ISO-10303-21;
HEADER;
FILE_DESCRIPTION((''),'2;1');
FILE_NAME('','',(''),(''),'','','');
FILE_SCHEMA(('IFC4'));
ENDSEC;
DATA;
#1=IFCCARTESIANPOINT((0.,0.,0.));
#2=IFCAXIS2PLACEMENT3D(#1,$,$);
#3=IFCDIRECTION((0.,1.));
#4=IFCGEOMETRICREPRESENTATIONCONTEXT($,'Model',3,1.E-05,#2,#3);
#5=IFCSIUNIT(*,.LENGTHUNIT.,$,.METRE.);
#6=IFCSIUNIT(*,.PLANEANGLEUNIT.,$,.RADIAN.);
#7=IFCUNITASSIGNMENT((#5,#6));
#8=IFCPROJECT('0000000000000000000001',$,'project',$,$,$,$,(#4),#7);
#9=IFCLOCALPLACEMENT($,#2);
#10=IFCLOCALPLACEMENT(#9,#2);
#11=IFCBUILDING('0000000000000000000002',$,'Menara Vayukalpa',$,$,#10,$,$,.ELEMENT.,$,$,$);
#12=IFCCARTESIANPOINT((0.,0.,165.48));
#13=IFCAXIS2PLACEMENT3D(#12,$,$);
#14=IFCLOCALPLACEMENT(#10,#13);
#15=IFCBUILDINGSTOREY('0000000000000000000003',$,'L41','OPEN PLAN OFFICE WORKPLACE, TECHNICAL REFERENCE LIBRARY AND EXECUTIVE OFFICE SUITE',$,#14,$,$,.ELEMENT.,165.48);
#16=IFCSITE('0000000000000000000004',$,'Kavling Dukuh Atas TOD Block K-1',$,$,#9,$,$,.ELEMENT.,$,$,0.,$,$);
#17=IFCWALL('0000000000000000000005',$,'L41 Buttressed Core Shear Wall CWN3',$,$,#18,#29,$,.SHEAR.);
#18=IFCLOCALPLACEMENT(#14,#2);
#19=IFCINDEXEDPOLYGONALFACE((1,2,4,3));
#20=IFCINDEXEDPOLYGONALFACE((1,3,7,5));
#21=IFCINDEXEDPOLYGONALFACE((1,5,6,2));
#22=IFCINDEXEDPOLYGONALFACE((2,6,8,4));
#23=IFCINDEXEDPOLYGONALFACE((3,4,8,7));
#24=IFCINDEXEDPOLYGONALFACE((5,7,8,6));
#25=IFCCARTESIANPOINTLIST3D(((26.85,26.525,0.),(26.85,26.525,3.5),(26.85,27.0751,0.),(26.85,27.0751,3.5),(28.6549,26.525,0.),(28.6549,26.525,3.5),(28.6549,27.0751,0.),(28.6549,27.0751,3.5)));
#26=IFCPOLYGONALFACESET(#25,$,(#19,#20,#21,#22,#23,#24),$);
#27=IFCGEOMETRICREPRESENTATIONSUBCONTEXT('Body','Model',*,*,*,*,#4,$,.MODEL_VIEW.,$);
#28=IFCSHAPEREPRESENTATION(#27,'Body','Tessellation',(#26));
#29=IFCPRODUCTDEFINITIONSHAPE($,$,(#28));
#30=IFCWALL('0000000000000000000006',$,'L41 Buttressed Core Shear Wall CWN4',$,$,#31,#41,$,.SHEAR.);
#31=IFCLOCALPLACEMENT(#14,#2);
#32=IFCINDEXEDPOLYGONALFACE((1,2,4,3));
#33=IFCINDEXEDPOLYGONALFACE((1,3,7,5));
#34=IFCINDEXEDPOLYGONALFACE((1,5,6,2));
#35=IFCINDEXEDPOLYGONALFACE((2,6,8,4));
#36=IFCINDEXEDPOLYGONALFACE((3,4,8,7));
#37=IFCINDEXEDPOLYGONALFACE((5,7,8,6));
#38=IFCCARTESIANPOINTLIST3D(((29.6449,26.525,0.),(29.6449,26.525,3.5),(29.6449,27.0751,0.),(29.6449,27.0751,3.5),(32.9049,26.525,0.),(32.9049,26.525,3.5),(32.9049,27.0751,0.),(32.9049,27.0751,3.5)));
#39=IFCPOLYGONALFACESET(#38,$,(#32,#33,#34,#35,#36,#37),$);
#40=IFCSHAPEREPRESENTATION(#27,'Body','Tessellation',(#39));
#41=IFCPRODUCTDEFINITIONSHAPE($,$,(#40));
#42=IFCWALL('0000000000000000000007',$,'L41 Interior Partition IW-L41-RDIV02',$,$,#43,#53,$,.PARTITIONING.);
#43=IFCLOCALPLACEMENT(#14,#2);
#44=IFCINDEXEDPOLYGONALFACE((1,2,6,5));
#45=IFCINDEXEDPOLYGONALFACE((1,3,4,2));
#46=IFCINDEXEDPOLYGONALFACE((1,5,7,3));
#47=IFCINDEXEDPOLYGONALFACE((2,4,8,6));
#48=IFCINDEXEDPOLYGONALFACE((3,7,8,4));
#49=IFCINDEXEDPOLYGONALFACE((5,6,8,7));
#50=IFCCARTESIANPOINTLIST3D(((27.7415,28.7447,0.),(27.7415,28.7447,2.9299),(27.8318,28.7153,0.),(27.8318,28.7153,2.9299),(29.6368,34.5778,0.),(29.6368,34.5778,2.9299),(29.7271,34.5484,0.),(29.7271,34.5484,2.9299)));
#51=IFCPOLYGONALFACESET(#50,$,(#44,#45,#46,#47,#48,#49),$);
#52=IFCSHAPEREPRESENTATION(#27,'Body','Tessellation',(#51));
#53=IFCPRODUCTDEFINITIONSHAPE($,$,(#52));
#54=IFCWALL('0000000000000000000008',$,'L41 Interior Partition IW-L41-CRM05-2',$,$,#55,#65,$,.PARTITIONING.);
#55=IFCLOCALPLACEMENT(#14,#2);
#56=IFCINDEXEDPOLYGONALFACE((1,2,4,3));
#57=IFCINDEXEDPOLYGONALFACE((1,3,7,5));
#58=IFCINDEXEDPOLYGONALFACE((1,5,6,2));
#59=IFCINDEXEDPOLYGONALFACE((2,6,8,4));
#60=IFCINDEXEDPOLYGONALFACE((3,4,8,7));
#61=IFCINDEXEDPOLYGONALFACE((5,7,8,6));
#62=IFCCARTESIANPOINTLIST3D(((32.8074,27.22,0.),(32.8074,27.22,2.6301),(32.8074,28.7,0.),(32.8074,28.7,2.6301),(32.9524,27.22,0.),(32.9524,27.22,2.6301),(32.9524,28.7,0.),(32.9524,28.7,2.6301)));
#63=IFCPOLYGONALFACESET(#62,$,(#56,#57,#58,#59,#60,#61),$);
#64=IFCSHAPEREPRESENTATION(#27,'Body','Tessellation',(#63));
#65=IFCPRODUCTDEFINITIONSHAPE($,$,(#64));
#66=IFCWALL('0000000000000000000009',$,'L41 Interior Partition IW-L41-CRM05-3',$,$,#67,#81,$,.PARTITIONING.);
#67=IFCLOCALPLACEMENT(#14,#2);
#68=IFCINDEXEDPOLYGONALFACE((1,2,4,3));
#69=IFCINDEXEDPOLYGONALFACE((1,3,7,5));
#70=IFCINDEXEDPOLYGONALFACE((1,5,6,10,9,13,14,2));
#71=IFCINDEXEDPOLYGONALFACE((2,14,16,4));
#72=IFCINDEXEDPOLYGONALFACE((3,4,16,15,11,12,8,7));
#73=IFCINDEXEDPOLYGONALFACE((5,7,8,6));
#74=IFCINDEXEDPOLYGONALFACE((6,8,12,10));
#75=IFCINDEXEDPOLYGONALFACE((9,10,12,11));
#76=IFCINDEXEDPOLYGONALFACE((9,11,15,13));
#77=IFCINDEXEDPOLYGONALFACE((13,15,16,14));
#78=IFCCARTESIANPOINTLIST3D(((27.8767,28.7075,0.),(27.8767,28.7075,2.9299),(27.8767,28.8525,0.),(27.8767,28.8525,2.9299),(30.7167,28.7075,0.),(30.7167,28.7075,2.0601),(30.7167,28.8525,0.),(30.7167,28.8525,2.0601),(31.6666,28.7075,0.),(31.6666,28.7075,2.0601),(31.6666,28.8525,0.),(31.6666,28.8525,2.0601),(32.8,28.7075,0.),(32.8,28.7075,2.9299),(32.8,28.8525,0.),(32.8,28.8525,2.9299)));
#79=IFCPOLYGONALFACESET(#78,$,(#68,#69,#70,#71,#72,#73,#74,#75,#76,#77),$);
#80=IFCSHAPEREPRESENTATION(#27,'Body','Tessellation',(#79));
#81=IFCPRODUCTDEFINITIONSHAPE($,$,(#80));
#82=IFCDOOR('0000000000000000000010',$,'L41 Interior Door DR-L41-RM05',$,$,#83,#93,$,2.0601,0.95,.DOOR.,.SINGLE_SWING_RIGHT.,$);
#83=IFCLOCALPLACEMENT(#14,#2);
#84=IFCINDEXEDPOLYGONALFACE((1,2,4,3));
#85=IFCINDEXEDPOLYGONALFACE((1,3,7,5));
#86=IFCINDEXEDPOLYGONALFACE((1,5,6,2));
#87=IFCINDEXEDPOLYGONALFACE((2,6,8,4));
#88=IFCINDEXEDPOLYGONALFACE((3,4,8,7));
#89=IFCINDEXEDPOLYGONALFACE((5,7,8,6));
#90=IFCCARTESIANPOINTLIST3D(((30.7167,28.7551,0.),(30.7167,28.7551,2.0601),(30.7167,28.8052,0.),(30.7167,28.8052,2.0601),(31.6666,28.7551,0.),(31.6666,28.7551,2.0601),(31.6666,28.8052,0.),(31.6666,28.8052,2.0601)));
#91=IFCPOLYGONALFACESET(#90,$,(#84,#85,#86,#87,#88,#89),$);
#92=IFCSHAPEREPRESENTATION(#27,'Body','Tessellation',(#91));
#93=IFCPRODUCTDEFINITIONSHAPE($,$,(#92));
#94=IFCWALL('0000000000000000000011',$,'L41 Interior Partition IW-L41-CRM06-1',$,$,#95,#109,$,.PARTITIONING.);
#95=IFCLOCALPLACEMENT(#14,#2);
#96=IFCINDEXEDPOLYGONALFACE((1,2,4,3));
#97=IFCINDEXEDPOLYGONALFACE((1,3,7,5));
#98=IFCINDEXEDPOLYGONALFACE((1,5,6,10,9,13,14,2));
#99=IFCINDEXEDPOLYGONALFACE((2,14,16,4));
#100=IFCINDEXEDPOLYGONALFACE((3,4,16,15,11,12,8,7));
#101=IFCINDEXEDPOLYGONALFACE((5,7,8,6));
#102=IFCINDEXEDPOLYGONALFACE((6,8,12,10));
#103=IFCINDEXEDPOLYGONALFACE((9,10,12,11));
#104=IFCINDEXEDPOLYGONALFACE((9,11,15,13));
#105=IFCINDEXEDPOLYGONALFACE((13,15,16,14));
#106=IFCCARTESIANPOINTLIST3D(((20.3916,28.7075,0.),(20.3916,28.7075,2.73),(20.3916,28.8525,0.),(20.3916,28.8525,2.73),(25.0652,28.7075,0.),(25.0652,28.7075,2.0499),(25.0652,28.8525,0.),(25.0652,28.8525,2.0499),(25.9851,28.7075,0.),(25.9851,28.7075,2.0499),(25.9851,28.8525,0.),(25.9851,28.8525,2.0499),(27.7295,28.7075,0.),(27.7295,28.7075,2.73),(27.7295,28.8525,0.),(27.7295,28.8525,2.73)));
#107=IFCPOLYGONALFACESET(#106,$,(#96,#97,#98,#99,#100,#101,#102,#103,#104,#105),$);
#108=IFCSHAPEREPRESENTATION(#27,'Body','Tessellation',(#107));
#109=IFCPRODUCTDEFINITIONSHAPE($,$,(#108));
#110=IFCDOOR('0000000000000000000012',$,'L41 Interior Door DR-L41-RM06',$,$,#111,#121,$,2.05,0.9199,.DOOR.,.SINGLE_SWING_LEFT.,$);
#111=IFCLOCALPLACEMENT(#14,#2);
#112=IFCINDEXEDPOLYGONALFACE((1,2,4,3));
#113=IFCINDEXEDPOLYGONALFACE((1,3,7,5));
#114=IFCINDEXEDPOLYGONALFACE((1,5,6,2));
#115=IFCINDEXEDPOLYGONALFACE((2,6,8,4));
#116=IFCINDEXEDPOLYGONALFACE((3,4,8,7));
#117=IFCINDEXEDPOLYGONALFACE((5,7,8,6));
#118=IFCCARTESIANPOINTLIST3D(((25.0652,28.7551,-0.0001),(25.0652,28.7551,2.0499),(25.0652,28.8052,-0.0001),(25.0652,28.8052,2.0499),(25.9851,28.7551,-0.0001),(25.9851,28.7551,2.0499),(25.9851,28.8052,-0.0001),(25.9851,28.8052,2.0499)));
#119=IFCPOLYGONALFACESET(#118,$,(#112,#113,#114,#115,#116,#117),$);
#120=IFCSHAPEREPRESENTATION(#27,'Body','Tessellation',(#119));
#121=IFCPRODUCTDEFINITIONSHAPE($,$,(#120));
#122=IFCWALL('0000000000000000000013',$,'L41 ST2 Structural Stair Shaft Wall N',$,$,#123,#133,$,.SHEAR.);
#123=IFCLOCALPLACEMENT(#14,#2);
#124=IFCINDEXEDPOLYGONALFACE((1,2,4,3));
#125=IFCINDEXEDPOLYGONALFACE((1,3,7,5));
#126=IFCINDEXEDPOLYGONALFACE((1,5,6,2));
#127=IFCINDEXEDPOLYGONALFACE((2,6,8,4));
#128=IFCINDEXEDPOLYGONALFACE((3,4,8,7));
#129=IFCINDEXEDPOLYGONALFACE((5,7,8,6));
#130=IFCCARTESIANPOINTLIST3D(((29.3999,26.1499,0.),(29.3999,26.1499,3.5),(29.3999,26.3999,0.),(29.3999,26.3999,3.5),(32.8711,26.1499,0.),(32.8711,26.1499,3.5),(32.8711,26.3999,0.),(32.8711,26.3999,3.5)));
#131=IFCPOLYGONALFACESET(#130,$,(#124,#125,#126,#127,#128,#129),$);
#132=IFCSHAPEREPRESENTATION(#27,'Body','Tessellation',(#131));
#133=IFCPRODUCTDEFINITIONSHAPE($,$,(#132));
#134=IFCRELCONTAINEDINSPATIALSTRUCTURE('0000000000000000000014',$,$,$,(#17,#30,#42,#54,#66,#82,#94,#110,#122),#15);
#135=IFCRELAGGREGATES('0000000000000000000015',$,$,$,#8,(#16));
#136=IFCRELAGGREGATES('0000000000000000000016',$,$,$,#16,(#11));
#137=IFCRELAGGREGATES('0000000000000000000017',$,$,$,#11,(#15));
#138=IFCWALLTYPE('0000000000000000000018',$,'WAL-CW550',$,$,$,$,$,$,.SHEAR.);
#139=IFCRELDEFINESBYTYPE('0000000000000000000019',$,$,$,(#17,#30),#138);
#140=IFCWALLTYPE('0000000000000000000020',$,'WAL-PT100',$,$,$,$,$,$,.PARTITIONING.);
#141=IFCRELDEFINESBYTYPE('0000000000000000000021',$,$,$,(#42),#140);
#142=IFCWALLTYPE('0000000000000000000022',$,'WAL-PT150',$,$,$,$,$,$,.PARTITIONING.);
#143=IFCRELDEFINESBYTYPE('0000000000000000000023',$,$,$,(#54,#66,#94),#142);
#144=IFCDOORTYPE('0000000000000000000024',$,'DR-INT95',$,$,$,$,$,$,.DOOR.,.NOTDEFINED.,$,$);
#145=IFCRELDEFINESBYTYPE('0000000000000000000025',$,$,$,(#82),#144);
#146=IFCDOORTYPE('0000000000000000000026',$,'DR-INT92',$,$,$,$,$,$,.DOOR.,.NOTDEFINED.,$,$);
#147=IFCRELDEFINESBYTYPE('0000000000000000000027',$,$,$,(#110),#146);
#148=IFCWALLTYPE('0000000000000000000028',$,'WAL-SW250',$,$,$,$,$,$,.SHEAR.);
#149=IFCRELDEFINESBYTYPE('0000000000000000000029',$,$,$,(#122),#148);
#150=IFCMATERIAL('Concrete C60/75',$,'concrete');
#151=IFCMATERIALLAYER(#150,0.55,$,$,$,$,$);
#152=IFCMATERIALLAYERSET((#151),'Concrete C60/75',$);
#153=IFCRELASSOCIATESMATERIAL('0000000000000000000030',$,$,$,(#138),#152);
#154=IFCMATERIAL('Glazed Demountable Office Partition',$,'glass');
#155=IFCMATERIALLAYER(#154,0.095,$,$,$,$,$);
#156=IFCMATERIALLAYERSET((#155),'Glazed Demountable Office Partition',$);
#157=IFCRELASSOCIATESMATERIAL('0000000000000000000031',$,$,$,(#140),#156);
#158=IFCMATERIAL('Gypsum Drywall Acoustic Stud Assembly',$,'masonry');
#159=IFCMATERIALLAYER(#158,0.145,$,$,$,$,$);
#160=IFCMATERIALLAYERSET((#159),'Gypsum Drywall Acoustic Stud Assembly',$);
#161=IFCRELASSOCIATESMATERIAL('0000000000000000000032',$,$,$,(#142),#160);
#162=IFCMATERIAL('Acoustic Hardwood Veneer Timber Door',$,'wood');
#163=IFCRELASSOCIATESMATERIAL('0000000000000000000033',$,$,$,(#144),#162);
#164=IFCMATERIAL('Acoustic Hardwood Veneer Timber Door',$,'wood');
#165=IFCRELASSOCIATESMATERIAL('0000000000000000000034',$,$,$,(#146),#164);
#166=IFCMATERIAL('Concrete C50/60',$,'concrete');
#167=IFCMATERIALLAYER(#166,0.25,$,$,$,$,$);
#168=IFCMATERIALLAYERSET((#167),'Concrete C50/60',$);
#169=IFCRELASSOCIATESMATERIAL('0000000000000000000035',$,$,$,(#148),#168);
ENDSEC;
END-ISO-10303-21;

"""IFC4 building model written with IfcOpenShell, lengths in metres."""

from ifc_helpers import new_model, si_unit, direction, frame, frame_2d, origin, place, context, subcontext, project, spatial, rectangle, extrude, material, layer, layer_set, type_object, element, fill, save


model = new_model("IFC4")

# Units and contexts
model_context = context("Model", 3, precision=1e-05, world=origin(), true_north=direction((0.0, 1.0)))
body_context = subcontext(model_context, "Body", "Model", "MODEL_VIEW")
ifc_project = project(units=[si_unit("LENGTHUNIT", "METRE"), si_unit("PLANEANGLEUNIT", "RADIAN")], contexts=[model_context])

# Site, building, storey
site_placement = place(None, origin())
site = spatial("IfcSite", under=ifc_project, at=site_placement, Name="Kavling Dukuh Atas TOD Block K-1", CompositionType="ELEMENT", RefElevation=0.0)
building_placement = place(site_placement, origin())
building = spatial("IfcBuilding", under=site, at=building_placement, Name="Menara Vayukalpa", CompositionType="ELEMENT")
storey_placement = place(building_placement, frame((0.0, 0.0, 165.48)))
storey = spatial("IfcBuildingStorey", under=building, at=storey_placement, Name="L41", Description="OPEN PLAN OFFICE WORKPLACE, TECHNICAL REFERENCE LIBRARY AND EXECUTIVE OFFICE SUITE", CompositionType="ELEMENT", Elevation=165.48)

# Walls
ifc_material_1 = material(Name="Concrete C60/75", Category="concrete")
ifc_layer_1 = layer(ifc_material_1, 0.55)
ifc_layer_set_1 = layer_set([ifc_layer_1], Name="Concrete C60/75")
wall_type_1 = type_object("IfcWallType", Name="WAL-CW550", PredefinedType="SHEAR", material=ifc_layer_set_1)
wall_1_placement = place(storey_placement, frame((26.8501, 26.8, 0.0), z_axis=(0.0, 0.0, 1.0), x_axis=(1.0, 0.0, 0.0)))
element("IfcWall", 1, at=wall_1_placement, inside=storey, type_object=wall_type_1, Name="L41 Buttressed Core Shear Wall CWN3", PredefinedType="SHEAR", context=body_context, shape_type="SweptSolid", body=[
    extrude(rectangle(XDim=1.8049, YDim=0.55, at=frame_2d((0.9023, 0.0))), origin(), (0.0, 0.0, 1.0), 3.5),
])
wall_2_placement = place(storey_placement, frame((29.645, 26.8, 0.0), z_axis=(0.0, 0.0, 1.0), x_axis=(1.0, 0.0, 0.0)))
element("IfcWall", 2, at=wall_2_placement, inside=storey, type_object=wall_type_1, Name="L41 Buttressed Core Shear Wall CWN4", PredefinedType="SHEAR", context=body_context, shape_type="SweptSolid", body=[
    extrude(rectangle(XDim=3.26, YDim=0.55, at=frame_2d((1.6299, 0.0))), origin(), (0.0, 0.0, 1.0), 3.5),
])
ifc_material_2 = material(Name="Glazed Demountable Office Partition", Category="glass")
ifc_layer_2 = layer(ifc_material_2, 0.095)
ifc_layer_set_2 = layer_set([ifc_layer_2], Name="Glazed Demountable Office Partition")
wall_type_2 = type_object("IfcWallType", Name="WAL-PT100", PredefinedType="PARTITIONING", material=ifc_layer_set_2)
wall_3_placement = place(storey_placement, frame((27.7866, 28.73, 0.0), z_axis=(0.0, 0.0, 1.0), x_axis=(0.309018, 0.951056, 0.0)))
element("IfcWall", 3, at=wall_3_placement, inside=storey, type_object=wall_type_2, Name="L41 Interior Partition IW-L41-RDIV02", PredefinedType="PARTITIONING", context=body_context, shape_type="SweptSolid", body=[
    extrude(rectangle(XDim=6.1333, YDim=0.095, at=frame_2d((3.0667, 0.0))), origin(), (0.0, 0.0, 1.0), 2.9299),
])
ifc_material_3 = material(Name="Gypsum Drywall Acoustic Stud Assembly", Category="masonry")
ifc_layer_3 = layer(ifc_material_3, 0.145)
ifc_layer_set_3 = layer_set([ifc_layer_3], Name="Gypsum Drywall Acoustic Stud Assembly")
wall_type_3 = type_object("IfcWallType", Name="WAL-PT150", PredefinedType="PARTITIONING", material=ifc_layer_set_3)
wall_4_placement = place(storey_placement, frame((32.8799, 27.22, 0.0), z_axis=(0.0, 0.0, 1.0), x_axis=(0.0, 1.0, 0.0)))
element("IfcWall", 4, at=wall_4_placement, inside=storey, type_object=wall_type_3, Name="L41 Interior Partition IW-L41-CRM05-2", PredefinedType="PARTITIONING", context=body_context, shape_type="SweptSolid", body=[
    extrude(rectangle(XDim=1.48, YDim=0.145, at=frame_2d((0.74, 0.0))), origin(), (0.0, 0.0, 1.0), 2.6301),
])

# Walls, openings, doors
wall_5_placement = place(storey_placement, frame((32.8, 28.78, 0.0), z_axis=(0.0, 0.0, 1.0), x_axis=(-1.0, 0.0, 0.0)))
wall_5 = element("IfcWall", 5, at=wall_5_placement, inside=storey, type_object=wall_type_3, Name="L41 Interior Partition IW-L41-CRM05-3", PredefinedType="PARTITIONING", context=body_context, shape_type="SweptSolid", body=[
    extrude(rectangle(XDim=4.9233, YDim=0.145, at=frame_2d((2.4617, 0.0))), origin(), (0.0, 0.0, 1.0), 2.9299),
])
opening_1_placement = place(wall_5_placement, frame((1.1333, 0.0, 0.0)))
opening_1 = element("IfcOpeningElement", 6, at=opening_1_placement, cuts=wall_5, PredefinedType="OPENING", context=body_context, shape_type="SweptSolid", body=[
    extrude(rectangle(XDim=0.95, YDim=2.0601, at=frame_2d((0.4751, 1.03))), frame((0.0, 0.0825, 0.0), z_axis=(0.0, -1.0, 0.0), x_axis=(1.0, 0.0, 0.0)), (0.0, 0.0, 1.0), 0.165),
])
ifc_material_4 = material(Name="Acoustic Hardwood Veneer Timber Door", Category="wood")
door_type_1 = type_object("IfcDoorType", Name="DR-INT95", OperationType="NOTDEFINED", PredefinedType="DOOR", material=ifc_material_4)
door_1_placement = place(opening_1_placement, origin())
door_1 = element("IfcDoor", 7, at=door_1_placement, inside=storey, type_object=door_type_1, Name="L41 Interior Door DR-L41-RM05", OperationType="SINGLE_SWING_RIGHT", OverallHeight=2.0601, OverallWidth=0.95, PredefinedType="DOOR", context=body_context, shape_type="SweptSolid", body=[
    extrude(rectangle(XDim=0.95, YDim=2.0601, at=frame_2d((0.4751, 1.03))), frame((0.0, 0.0249, 0.0), z_axis=(0.0, -1.0, 0.0), x_axis=(1.0, 0.0, 0.0)), (0.0, 0.0, 1.0), 0.05),
])
fill(opening_1, door_1)
wall_6_placement = place(storey_placement, frame((27.7295, 28.78, 0.0), z_axis=(0.0, 0.0, 1.0), x_axis=(-1.0, 0.0, 0.0)))
wall_6 = element("IfcWall", 8, at=wall_6_placement, inside=storey, type_object=wall_type_3, Name="L41 Interior Partition IW-L41-CRM06-1", PredefinedType="PARTITIONING", context=body_context, shape_type="SweptSolid", body=[
    extrude(rectangle(XDim=7.3379, YDim=0.145, at=frame_2d((3.6689, 0.0))), origin(), (0.0, 0.0, 1.0), 2.73),
])
opening_2_placement = place(wall_6_placement, frame((1.7444, 0.0, 0.0)))
opening_2 = element("IfcOpeningElement", 9, at=opening_2_placement, cuts=wall_6, PredefinedType="OPENING", context=body_context, shape_type="SweptSolid", body=[
    extrude(rectangle(XDim=0.9199, YDim=2.05, at=frame_2d((0.46, 1.0249))), frame((0.0, 0.0825, 0.0), z_axis=(0.0, -1.0, 0.0), x_axis=(1.0, 0.0, 0.0)), (0.0, 0.0, 1.0), 0.165),
])
ifc_material_5 = material(Name="Acoustic Hardwood Veneer Timber Door", Category="wood")
door_type_2 = type_object("IfcDoorType", Name="DR-INT92", OperationType="NOTDEFINED", PredefinedType="DOOR", material=ifc_material_5)
door_2_placement = place(opening_2_placement, origin())
door_2 = element("IfcDoor", 10, at=door_2_placement, inside=storey, type_object=door_type_2, Name="L41 Interior Door DR-L41-RM06", OperationType="SINGLE_SWING_LEFT", OverallHeight=2.05, OverallWidth=0.9199, PredefinedType="DOOR", context=body_context, shape_type="SweptSolid", body=[
    extrude(rectangle(XDim=0.9199, YDim=2.05, at=frame_2d((0.46, 1.0249))), frame((0.0, 0.0249, 0.0), z_axis=(0.0, -1.0, 0.0), x_axis=(1.0, 0.0, 0.0)), (0.0, 0.0, 1.0), 0.05),
])
fill(opening_2, door_2)

# Wall
ifc_material_6 = material(Name="Concrete C50/60", Category="concrete")
ifc_layer_4 = layer(ifc_material_6, 0.25)
ifc_layer_set_4 = layer_set([ifc_layer_4], Name="Concrete C50/60")
wall_type_4 = type_object("IfcWallType", Name="WAL-SW250", PredefinedType="SHEAR", material=ifc_layer_set_4)
wall_7_placement = place(storey_placement, frame((29.3999, 26.2749, 0.0), z_axis=(0.0, 0.0, 1.0), x_axis=(1.0, 0.0, 0.0)))
element("IfcWall", 11, at=wall_7_placement, inside=storey, type_object=wall_type_4, Name="L41 ST2 Structural Stair Shaft Wall N", PredefinedType="SHEAR", context=body_context, shape_type="SweptSolid", body=[
    extrude(rectangle(XDim=3.4712, YDim=0.25, at=frame_2d((1.7356, 0.0))), origin(), (0.0, 0.0, 1.0), 3.5),
])

save(model, "model.ifc")
